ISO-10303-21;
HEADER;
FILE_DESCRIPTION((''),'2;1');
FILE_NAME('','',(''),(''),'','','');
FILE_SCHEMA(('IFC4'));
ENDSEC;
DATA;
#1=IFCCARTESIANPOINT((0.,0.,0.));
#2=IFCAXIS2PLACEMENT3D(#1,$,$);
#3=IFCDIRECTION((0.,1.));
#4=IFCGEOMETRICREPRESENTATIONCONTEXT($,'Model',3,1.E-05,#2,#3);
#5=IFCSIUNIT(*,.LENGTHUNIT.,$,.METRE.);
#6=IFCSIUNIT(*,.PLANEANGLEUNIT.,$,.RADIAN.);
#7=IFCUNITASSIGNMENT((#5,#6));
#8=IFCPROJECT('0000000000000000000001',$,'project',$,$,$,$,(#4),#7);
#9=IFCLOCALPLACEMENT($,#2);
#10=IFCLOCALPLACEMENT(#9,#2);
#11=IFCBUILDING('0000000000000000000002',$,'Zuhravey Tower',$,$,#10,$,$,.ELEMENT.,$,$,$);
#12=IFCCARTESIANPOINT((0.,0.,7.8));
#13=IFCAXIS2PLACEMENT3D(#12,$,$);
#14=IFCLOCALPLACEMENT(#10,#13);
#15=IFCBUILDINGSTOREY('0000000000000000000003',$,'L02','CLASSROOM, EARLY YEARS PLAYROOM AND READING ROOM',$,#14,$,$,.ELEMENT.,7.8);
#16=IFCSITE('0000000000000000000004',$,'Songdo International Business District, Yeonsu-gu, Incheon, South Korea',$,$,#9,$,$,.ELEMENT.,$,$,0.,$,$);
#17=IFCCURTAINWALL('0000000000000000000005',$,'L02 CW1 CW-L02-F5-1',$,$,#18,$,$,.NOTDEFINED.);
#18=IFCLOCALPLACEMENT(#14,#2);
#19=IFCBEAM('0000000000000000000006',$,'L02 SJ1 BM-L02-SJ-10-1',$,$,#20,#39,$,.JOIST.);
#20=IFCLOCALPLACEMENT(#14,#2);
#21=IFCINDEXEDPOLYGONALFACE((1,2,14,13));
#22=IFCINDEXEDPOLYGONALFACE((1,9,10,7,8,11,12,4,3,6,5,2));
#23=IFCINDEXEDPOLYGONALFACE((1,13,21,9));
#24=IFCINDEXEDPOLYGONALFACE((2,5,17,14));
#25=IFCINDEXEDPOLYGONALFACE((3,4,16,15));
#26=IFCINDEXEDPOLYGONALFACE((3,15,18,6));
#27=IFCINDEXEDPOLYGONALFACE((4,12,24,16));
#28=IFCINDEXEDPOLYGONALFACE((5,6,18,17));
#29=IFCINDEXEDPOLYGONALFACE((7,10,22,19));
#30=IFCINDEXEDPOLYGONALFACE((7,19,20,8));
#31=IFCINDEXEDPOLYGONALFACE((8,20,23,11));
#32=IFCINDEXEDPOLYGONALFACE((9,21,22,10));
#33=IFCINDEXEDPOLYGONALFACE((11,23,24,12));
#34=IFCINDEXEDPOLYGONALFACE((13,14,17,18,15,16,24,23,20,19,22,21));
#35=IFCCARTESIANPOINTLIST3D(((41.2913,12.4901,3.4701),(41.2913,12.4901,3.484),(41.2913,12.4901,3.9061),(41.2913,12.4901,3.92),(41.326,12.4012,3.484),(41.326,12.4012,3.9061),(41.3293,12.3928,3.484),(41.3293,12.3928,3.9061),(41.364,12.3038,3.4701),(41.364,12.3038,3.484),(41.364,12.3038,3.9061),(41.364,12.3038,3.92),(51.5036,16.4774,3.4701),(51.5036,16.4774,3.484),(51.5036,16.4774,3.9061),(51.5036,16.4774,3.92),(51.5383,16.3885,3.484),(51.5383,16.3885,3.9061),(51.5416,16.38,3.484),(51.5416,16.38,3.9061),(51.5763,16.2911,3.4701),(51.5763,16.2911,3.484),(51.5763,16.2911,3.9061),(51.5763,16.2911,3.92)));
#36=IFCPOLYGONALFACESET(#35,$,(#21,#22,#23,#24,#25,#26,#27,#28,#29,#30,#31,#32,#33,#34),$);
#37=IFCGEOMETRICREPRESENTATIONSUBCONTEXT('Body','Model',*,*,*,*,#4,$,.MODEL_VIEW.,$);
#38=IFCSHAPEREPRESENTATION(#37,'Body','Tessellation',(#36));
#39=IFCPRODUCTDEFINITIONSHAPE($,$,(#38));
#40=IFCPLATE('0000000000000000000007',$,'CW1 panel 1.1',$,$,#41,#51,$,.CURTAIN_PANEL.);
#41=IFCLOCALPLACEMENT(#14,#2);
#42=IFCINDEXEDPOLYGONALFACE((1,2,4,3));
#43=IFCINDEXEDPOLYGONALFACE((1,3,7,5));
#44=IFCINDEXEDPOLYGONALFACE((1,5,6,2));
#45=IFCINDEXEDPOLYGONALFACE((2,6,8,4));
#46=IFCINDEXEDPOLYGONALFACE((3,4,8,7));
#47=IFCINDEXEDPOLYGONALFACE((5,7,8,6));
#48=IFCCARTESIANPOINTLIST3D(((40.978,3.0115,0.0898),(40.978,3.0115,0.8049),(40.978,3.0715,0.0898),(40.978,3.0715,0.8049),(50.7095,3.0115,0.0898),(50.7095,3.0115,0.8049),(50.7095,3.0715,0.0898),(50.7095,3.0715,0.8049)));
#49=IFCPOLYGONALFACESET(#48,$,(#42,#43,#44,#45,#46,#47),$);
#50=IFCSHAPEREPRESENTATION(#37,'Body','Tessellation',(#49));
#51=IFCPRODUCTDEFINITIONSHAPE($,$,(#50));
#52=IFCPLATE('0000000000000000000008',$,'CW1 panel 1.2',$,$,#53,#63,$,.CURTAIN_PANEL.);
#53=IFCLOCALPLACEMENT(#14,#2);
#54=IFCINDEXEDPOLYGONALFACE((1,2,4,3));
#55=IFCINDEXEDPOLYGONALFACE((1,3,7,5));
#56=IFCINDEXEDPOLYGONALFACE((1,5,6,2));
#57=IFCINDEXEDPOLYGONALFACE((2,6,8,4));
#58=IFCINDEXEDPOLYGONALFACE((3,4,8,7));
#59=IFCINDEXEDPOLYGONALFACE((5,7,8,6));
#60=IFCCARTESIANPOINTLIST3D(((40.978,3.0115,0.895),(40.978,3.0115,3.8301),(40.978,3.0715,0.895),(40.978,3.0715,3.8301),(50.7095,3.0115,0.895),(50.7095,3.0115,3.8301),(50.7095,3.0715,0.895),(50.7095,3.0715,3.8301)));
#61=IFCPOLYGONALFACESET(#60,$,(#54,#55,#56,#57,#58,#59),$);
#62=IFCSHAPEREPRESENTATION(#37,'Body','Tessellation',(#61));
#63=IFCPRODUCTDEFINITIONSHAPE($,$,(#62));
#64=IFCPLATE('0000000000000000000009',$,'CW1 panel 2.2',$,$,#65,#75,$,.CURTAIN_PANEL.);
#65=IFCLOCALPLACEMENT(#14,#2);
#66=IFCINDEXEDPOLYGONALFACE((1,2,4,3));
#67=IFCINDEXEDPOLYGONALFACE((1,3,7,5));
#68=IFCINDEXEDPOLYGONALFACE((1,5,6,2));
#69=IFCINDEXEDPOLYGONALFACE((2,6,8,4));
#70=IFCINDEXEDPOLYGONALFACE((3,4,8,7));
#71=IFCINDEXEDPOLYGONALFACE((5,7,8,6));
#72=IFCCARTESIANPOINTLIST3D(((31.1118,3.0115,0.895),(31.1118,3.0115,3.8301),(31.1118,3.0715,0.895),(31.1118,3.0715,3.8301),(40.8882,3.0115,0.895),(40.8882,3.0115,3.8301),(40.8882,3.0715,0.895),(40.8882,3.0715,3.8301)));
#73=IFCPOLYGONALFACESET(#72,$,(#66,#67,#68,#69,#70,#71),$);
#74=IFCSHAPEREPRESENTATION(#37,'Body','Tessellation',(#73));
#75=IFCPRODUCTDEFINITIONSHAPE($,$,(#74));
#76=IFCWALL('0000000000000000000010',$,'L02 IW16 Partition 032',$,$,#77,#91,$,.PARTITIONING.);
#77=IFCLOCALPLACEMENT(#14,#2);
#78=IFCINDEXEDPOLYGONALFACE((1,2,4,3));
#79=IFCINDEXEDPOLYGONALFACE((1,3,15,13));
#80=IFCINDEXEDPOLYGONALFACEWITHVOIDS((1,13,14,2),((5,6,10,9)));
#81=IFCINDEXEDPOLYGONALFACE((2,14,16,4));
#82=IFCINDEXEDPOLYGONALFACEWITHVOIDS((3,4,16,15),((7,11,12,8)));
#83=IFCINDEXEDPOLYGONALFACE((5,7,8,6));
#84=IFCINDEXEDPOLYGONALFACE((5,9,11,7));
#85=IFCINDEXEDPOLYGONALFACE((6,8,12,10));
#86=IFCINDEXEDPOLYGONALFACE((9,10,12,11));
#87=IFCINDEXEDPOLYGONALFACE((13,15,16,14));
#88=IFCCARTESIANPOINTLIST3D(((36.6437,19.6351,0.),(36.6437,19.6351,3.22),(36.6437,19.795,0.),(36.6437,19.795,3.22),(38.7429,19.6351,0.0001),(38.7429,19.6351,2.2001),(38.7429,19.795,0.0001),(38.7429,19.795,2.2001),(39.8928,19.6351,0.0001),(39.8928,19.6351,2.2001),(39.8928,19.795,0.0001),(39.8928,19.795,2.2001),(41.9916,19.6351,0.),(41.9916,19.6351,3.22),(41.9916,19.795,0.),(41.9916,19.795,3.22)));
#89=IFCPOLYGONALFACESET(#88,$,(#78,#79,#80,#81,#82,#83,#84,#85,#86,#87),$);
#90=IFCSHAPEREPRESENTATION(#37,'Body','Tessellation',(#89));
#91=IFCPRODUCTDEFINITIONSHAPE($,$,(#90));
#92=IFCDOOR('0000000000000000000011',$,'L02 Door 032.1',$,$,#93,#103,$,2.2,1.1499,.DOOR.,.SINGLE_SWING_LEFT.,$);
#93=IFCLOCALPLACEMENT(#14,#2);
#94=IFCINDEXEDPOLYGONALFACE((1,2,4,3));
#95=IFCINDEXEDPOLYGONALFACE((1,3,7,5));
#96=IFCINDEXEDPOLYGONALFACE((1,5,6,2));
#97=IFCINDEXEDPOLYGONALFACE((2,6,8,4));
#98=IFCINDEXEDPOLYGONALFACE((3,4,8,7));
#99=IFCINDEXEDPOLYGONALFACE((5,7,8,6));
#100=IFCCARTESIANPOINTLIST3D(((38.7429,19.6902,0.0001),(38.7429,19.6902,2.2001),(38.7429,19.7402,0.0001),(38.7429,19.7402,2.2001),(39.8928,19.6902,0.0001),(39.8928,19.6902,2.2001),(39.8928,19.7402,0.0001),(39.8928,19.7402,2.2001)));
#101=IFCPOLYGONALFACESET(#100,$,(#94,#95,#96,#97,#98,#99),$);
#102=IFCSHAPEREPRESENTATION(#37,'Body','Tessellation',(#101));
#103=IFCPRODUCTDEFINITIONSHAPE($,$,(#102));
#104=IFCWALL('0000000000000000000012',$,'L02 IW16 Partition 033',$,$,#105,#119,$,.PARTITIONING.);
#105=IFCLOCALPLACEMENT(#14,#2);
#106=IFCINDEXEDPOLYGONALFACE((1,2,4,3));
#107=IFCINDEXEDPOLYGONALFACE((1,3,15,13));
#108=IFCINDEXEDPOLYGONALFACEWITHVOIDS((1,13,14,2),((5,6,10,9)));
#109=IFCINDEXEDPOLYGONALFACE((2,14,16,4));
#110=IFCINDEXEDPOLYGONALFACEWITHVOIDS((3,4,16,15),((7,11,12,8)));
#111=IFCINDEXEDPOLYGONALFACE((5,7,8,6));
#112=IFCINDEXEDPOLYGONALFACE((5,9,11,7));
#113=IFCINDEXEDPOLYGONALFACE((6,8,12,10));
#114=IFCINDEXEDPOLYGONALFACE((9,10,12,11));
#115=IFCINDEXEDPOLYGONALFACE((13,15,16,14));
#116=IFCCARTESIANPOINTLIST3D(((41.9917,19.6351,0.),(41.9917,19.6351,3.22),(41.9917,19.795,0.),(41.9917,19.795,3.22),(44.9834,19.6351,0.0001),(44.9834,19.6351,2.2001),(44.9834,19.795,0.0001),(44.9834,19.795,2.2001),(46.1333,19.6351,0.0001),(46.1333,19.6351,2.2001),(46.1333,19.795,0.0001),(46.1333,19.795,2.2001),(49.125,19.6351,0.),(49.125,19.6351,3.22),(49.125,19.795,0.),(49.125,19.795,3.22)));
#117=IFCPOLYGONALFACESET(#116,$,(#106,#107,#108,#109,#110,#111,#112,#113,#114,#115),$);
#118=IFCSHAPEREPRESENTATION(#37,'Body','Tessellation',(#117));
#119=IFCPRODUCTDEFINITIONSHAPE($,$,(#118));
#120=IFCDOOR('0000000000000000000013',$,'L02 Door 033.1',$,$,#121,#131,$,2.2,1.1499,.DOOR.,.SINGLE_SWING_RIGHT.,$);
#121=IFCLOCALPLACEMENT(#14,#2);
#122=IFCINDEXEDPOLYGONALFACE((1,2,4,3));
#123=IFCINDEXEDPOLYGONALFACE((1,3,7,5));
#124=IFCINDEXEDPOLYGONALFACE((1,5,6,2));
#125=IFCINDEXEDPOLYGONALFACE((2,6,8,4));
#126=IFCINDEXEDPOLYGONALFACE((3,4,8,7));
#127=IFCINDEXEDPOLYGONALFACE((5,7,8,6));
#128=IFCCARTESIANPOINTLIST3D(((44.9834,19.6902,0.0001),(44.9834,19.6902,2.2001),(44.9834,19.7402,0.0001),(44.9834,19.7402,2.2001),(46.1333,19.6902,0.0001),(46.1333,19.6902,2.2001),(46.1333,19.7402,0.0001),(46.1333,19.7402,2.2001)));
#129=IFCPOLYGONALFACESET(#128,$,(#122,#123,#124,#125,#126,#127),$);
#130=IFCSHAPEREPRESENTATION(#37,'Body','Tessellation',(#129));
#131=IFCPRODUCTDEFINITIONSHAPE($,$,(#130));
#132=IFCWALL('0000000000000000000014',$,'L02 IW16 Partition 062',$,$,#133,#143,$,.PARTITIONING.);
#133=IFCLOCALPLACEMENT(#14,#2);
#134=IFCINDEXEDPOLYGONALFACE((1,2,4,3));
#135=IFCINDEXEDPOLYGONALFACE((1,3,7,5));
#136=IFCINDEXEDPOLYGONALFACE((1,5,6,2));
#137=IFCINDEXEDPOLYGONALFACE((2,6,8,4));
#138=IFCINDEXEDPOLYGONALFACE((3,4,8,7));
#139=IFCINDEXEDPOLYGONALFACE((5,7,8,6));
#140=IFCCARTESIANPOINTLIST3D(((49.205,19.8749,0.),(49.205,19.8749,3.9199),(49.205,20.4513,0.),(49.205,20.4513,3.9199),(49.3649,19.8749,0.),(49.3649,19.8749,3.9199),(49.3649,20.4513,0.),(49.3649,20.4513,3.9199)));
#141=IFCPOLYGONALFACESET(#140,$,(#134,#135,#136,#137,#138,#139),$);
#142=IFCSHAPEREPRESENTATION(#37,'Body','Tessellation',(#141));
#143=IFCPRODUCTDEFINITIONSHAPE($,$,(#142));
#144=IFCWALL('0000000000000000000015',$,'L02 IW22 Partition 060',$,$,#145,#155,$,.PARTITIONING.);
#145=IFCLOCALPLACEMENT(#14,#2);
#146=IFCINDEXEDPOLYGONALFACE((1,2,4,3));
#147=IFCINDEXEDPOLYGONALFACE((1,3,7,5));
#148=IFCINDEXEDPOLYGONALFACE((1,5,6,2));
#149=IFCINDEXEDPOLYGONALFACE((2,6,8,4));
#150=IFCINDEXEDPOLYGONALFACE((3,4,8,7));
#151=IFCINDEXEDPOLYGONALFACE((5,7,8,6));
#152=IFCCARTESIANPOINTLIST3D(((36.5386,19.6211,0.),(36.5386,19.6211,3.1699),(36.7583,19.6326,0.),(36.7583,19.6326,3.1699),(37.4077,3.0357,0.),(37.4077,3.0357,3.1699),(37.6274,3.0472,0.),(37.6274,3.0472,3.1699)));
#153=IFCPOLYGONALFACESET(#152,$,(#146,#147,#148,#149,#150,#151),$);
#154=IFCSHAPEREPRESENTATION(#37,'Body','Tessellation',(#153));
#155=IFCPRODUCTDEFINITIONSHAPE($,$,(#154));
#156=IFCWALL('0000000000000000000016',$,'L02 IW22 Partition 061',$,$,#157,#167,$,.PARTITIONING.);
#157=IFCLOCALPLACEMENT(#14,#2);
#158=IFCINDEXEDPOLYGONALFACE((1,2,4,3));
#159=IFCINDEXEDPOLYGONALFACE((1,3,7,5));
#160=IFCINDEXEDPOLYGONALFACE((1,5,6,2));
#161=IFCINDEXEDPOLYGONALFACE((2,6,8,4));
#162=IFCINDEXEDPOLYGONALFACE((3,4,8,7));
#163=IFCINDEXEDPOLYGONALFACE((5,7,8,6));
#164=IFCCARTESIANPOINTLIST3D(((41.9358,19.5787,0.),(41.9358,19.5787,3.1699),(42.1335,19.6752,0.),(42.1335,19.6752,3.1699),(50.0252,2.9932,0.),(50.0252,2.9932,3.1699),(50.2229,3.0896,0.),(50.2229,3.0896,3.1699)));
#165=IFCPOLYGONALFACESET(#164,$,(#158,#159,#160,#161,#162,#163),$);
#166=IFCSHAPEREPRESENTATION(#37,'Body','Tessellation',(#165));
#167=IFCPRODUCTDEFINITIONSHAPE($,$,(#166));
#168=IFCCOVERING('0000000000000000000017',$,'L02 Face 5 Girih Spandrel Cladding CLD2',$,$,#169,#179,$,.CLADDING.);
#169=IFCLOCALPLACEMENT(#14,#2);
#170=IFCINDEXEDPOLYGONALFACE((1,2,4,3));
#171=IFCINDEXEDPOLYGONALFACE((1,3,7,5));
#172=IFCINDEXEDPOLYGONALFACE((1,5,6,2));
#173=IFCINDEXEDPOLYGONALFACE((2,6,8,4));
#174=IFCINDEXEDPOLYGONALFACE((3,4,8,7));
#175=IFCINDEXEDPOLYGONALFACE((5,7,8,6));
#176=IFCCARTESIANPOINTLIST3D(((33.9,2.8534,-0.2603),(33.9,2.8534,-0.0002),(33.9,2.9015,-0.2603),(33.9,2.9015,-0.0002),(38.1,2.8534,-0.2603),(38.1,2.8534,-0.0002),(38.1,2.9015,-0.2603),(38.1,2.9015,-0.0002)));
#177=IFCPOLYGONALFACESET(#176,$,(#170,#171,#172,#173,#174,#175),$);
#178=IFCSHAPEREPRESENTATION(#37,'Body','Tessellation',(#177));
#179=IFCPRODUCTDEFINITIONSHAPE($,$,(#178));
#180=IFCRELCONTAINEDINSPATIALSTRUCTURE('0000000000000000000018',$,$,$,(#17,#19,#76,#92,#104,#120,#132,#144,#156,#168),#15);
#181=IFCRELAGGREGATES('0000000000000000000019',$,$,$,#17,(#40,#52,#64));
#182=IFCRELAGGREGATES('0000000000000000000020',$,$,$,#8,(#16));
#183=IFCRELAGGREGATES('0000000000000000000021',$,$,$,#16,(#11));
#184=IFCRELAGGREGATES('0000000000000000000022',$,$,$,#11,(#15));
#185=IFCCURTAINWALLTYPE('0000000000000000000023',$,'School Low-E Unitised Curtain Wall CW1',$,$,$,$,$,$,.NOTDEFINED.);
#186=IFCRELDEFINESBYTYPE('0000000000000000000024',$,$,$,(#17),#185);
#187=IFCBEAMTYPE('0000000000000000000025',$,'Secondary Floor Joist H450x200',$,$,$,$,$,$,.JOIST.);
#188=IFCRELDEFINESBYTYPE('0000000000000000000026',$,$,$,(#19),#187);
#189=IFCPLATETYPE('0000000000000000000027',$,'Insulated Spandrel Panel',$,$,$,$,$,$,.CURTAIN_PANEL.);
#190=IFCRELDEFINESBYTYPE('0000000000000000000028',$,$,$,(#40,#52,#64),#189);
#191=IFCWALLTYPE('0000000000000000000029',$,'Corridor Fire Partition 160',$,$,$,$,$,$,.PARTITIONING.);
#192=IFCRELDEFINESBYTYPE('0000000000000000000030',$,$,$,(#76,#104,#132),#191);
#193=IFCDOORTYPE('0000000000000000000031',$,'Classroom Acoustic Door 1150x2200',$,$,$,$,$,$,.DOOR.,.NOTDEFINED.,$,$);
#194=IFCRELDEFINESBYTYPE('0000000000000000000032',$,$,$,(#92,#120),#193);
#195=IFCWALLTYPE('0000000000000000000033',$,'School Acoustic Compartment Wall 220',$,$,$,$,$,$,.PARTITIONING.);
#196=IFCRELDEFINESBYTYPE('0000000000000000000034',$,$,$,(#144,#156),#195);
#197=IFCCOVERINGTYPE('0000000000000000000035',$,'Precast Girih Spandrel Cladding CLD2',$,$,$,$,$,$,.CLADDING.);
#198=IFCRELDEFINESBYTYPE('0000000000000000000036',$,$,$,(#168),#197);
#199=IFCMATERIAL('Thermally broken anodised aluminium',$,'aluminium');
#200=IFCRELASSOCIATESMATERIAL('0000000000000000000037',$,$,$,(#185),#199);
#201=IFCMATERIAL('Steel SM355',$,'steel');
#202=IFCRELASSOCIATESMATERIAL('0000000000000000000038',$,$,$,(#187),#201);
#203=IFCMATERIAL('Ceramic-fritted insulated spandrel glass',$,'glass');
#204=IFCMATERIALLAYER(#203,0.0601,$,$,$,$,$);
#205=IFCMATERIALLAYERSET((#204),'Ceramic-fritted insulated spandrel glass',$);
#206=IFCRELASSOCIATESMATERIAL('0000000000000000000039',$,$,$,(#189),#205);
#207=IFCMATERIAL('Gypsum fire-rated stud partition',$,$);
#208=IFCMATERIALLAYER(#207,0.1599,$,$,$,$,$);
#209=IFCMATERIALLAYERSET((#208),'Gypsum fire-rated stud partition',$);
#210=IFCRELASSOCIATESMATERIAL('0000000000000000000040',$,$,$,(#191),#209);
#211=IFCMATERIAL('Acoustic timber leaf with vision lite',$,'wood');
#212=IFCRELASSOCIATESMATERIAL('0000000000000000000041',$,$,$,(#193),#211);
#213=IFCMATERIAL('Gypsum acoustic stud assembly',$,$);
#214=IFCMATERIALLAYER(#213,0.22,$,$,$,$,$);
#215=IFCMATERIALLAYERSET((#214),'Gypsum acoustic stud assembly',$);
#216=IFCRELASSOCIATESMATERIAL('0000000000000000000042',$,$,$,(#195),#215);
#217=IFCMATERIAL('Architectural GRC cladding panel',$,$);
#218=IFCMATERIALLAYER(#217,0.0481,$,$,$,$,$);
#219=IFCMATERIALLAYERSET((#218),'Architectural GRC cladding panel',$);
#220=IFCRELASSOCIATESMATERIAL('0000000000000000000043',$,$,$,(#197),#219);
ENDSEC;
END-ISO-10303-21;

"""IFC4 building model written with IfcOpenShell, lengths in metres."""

from ifc_helpers import new_model, si_unit, direction, frame, frame_2d, origin, origin_2d, place, context, subcontext, project, spatial, rectangle, i_section, extrude, material, layer, layer_set, material_profile, profile_set, type_object, element, fill, aggregate, save


model = new_model("IFC4")

# Units and contexts
model_context = context("Model", 3, precision=1e-05, world=origin(), true_north=direction((0.0, 1.0)))
body_context = subcontext(model_context, "Body", "Model", "MODEL_VIEW")
ifc_project = project(units=[si_unit("LENGTHUNIT", "METRE"), si_unit("PLANEANGLEUNIT", "RADIAN")], contexts=[model_context])

# Site, building, storey
site_placement = place(None, origin())
site = spatial("IfcSite", under=ifc_project, at=site_placement, Name="Songdo International Business District, Yeonsu-gu, Incheon, South Korea", CompositionType="ELEMENT", RefElevation=0.0)
building_placement = place(site_placement, origin())
building = spatial("IfcBuilding", under=site, at=building_placement, Name="Zuhravey Tower", CompositionType="ELEMENT")
storey_placement = place(building_placement, frame((0.0, 0.0, 7.8)))
storey = spatial("IfcBuildingStorey", under=building, at=storey_placement, Name="L02", Description="CLASSROOM, EARLY YEARS PLAYROOM AND READING ROOM", CompositionType="ELEMENT", Elevation=7.8)

# Curtain wall
ifc_material_1 = material(Name="Thermally broken anodised aluminium", Category="aluminium")
curtain_wall_type = type_object("IfcCurtainWallType", Name="School Low-E Unitised Curtain Wall CW1", PredefinedType="NOTDEFINED", material=ifc_material_1)
curtain_wall_placement = place(storey_placement, origin())
curtain_wall = element("IfcCurtainWall", 1, at=curtain_wall_placement, inside=storey, type_object=curtain_wall_type, Name="L02 CW1 CW-L02-F5-1", PredefinedType="NOTDEFINED")

# Beam
ifc_material_2 = material(Name="Steel SM355", Category="steel")
ifc_material_profile_1 = material_profile(ifc_material_2, i_section(OverallWidth=0.2, OverallDepth=0.45, WebThickness=0.009, FlangeThickness=0.0139, at=origin_2d()), Name="H-450x200x9x14")
ifc_profile_set_1 = profile_set([ifc_material_profile_1], Name="Steel SM355")
beam_type_1 = type_object("IfcBeamType", Name="Secondary Floor Joist H450x200", PredefinedType="JOIST", material=ifc_profile_set_1)
beam_1_placement = place(storey_placement, frame((41.3276, 12.397, 3.6951), z_axis=(0.931517, 0.363699, 0.0), x_axis=(-0.363699, 0.931517, 0.0)))
element("IfcBeam", 2, at=beam_1_placement, inside=storey, type_object=beam_type_1, Name="L02 SJ1 BM-L02-SJ-10-1", PredefinedType="JOIST", context=body_context, shape_type="SweptSolid", body=[
    extrude(i_section(OverallWidth=0.2, OverallDepth=0.45, WebThickness=0.009, FlangeThickness=0.0139, at=origin_2d()), origin(), (0.0, 0.0, 1.0), 10.9631),
])

# Plates
ifc_material_3 = material(Name="Ceramic-fritted insulated spandrel glass", Category="glass")
ifc_layer_1 = layer(ifc_material_3, 0.0601)
ifc_layer_set_1 = layer_set([ifc_layer_1], Name="Ceramic-fritted insulated spandrel glass")
plate_type = type_object("IfcPlateType", Name="Insulated Spandrel Panel", PredefinedType="CURTAIN_PANEL", material=ifc_layer_set_1)
plate_1_placement = place(storey_placement, frame((45.8438, 3.0415, 0.0898), z_axis=(0.0, 0.0, 1.0), x_axis=(-1.0, 0.0, 0.0)))
plate_1 = element("IfcPlate", 3, at=plate_1_placement, type_object=plate_type, Name="CW1 panel 1.1", PredefinedType="CURTAIN_PANEL", context=body_context, shape_type="SweptSolid", body=[
    extrude(rectangle(XDim=9.7314, YDim=0.0601, at=origin_2d()), origin(), (0.0, 0.0, 1.0), 0.7151),
])
plate_2_placement = place(storey_placement, frame((45.8438, 3.0415, 0.895), z_axis=(0.0, 0.0, 1.0), x_axis=(-1.0, 0.0, 0.0)))
plate_2 = element("IfcPlate", 4, at=plate_2_placement, type_object=plate_type, Name="CW1 panel 1.2", PredefinedType="CURTAIN_PANEL", context=body_context, shape_type="SweptSolid", body=[
    extrude(rectangle(XDim=9.7314, YDim=0.0601, at=origin_2d()), origin(), (0.0, 0.0, 1.0), 2.9351),
])
plate_3_placement = place(storey_placement, frame((36.0, 3.0415, 0.895), z_axis=(0.0, 0.0, 1.0), x_axis=(-1.0, 0.0, 0.0)))
plate_3 = element("IfcPlate", 5, at=plate_3_placement, type_object=plate_type, Name="CW1 panel 2.2", PredefinedType="CURTAIN_PANEL", context=body_context, shape_type="SweptSolid", body=[
    extrude(rectangle(XDim=9.7764, YDim=0.0601, at=origin_2d()), origin(), (0.0, 0.0, 1.0), 2.9351),
])
aggregate(curtain_wall, [plate_1, plate_2, plate_3])

# Walls, openings, doors
ifc_material_4 = material(Name="Gypsum fire-rated stud partition")
ifc_layer_2 = layer(ifc_material_4, 0.1599)
ifc_layer_set_2 = layer_set([ifc_layer_2], Name="Gypsum fire-rated stud partition")
wall_type_1 = type_object("IfcWallType", Name="Corridor Fire Partition 160", PredefinedType="PARTITIONING", material=ifc_layer_set_2)
wall_1_placement = place(storey_placement, frame((36.6438, 19.7151, 0.0), z_axis=(0.0, 0.0, 1.0), x_axis=(1.0, 0.0, 0.0)))
wall_1 = element("IfcWall", 6, at=wall_1_placement, inside=storey, type_object=wall_type_1, Name="L02 IW16 Partition 032", PredefinedType="PARTITIONING", context=body_context, shape_type="SweptSolid", body=[
    extrude(rectangle(XDim=5.3479, YDim=0.1599, at=frame_2d((2.6738, 0.0))), origin(), (0.0, 0.0, 1.0), 3.22),
])
opening_1_placement = place(wall_1_placement, frame((2.0991, 0.0, 0.0)))
opening_1 = element("IfcOpeningElement", 7, at=opening_1_placement, cuts=wall_1, PredefinedType="OPENING", context=body_context, shape_type="SweptSolid", body=[
    extrude(rectangle(XDim=1.1499, YDim=2.2, at=frame_2d((0.575, 1.1001))), frame((0.0, 0.092, 0.0), z_axis=(0.0, -1.0, 0.0), x_axis=(1.0, 0.0, 0.0)), (0.0, 0.0, 1.0), 0.1838),
])
ifc_material_5 = material(Name="Acoustic timber leaf with vision lite", Category="wood")
door_type = type_object("IfcDoorType", Name="Classroom Acoustic Door 1150x2200", OperationType="NOTDEFINED", PredefinedType="DOOR", material=ifc_material_5)
door_1_placement = place(opening_1_placement, frame((1.1499, 0.0, 0.0), z_axis=(0.0, 0.0, 1.0), x_axis=(-1.0, 0.0, 0.0)))
door_1 = element("IfcDoor", 8, at=door_1_placement, inside=storey, type_object=door_type, Name="L02 Door 032.1", OperationType="SINGLE_SWING_LEFT", OverallHeight=2.2, OverallWidth=1.1499, PredefinedType="DOOR", context=body_context, shape_type="SweptSolid", body=[
    extrude(rectangle(XDim=1.1499, YDim=2.2, at=frame_2d((0.575, 1.1001))), frame((0.0, 0.0249, 0.0), z_axis=(0.0, -1.0, 0.0), x_axis=(1.0, 0.0, 0.0)), (0.0, 0.0, 1.0), 0.05),
])
fill(opening_1, door_1)
wall_2_placement = place(storey_placement, frame((41.9917, 19.7151, 0.0), z_axis=(0.0, 0.0, 1.0), x_axis=(1.0, 0.0, 0.0)))
wall_2 = element("IfcWall", 9, at=wall_2_placement, inside=storey, type_object=wall_type_1, Name="L02 IW16 Partition 033", PredefinedType="PARTITIONING", context=body_context, shape_type="SweptSolid", body=[
    extrude(rectangle(XDim=7.1333, YDim=0.1599, at=frame_2d((3.5667, 0.0))), origin(), (0.0, 0.0, 1.0), 3.22),
])
opening_2_placement = place(wall_2_placement, frame((2.9917, 0.0, 0.0)))
opening_2 = element("IfcOpeningElement", 10, at=opening_2_placement, cuts=wall_2, PredefinedType="OPENING", context=body_context, shape_type="SweptSolid", body=[
    extrude(rectangle(XDim=1.1499, YDim=2.2, at=frame_2d((0.575, 1.1001))), frame((0.0, 0.092, 0.0), z_axis=(0.0, -1.0, 0.0), x_axis=(1.0, 0.0, 0.0)), (0.0, 0.0, 1.0), 0.1838),
])
door_2_placement = place(opening_2_placement, frame((1.1499, 0.0, 0.0), z_axis=(0.0, 0.0, 1.0), x_axis=(-1.0, 0.0, 0.0)))
door_2 = element("IfcDoor", 11, at=door_2_placement, inside=storey, type_object=door_type, Name="L02 Door 033.1", OperationType="SINGLE_SWING_RIGHT", OverallHeight=2.2, OverallWidth=1.1499, PredefinedType="DOOR", context=body_context, shape_type="SweptSolid", body=[
    extrude(rectangle(XDim=1.1499, YDim=2.2, at=frame_2d((0.575, 1.1001))), frame((0.0, 0.0249, 0.0), z_axis=(0.0, -1.0, 0.0), x_axis=(1.0, 0.0, 0.0)), (0.0, 0.0, 1.0), 0.05),
])
fill(opening_2, door_2)

# Walls
wall_3_placement = place(storey_placement, frame((49.2849, 19.875, 0.0), z_axis=(0.0, 0.0, 1.0), x_axis=(0.0, 1.0, 0.0)))
element("IfcWall", 12, at=wall_3_placement, inside=storey, type_object=wall_type_1, Name="L02 IW16 Partition 062", PredefinedType="PARTITIONING", context=body_context, shape_type="SweptSolid", body=[
    extrude(rectangle(XDim=0.5764, YDim=0.1599, at=frame_2d((0.2881, 0.0))), origin(), (0.0, 0.0, 1.0), 3.9199),
])
ifc_material_6 = material(Name="Gypsum acoustic stud assembly")
ifc_layer_3 = layer(ifc_material_6, 0.22)
ifc_layer_set_3 = layer_set([ifc_layer_3], Name="Gypsum acoustic stud assembly")
wall_type_2 = type_object("IfcWallType", Name="School Acoustic Compartment Wall 220", PredefinedType="PARTITIONING", material=ifc_layer_set_3)
wall_4_placement = place(storey_placement, frame((36.6484, 19.627, 0.0), z_axis=(0.0, 0.0, 1.0), x_axis=(0.052332, -0.99863, 0.0)))
element("IfcWall", 13, at=wall_4_placement, inside=storey, type_object=wall_type_2, Name="L02 IW22 Partition 060", PredefinedType="PARTITIONING", context=body_context, shape_type="SweptSolid", body=[
    extrude(rectangle(XDim=16.6082, YDim=0.22, at=frame_2d((8.3042, 0.0))), origin(), (0.0, 0.0, 1.0), 3.1699),
])
wall_5_placement = place(storey_placement, frame((42.0347, 19.627, 0.0), z_axis=(0.0, 0.0, 1.0), x_axis=(0.438375, -0.898792, 0.0)))
element("IfcWall", 14, at=wall_5_placement, inside=storey, type_object=wall_type_2, Name="L02 IW22 Partition 061", PredefinedType="PARTITIONING", context=body_context, shape_type="SweptSolid", body=[
    extrude(rectangle(XDim=18.4531, YDim=0.22, at=frame_2d((9.2266, 0.0))), origin(), (0.0, 0.0, 1.0), 3.1699),
])

# Covering
ifc_material_7 = material(Name="Architectural GRC cladding panel")
ifc_layer_4 = layer(ifc_material_7, 0.0481)
ifc_layer_set_4 = layer_set([ifc_layer_4], Name="Architectural GRC cladding panel")
covering_type = type_object("IfcCoveringType", Name="Precast Girih Spandrel Cladding CLD2", PredefinedType="CLADDING", material=ifc_layer_set_4)
covering_placement = place(storey_placement, frame((36.0, 2.8774, -0.2603), z_axis=(0.0, 0.0, 1.0), x_axis=(-1.0, 0.0, 0.0)))
element("IfcCovering", 15, at=covering_placement, inside=storey, type_object=covering_type, Name="L02 Face 5 Girih Spandrel Cladding CLD2", PredefinedType="CLADDING", context=body_context, shape_type="SweptSolid", body=[
    extrude(rectangle(XDim=4.2, YDim=0.0481, at=origin_2d()), origin(), (0.0, 0.0, 1.0), 0.26),
])

save(model, "model.ifc")
